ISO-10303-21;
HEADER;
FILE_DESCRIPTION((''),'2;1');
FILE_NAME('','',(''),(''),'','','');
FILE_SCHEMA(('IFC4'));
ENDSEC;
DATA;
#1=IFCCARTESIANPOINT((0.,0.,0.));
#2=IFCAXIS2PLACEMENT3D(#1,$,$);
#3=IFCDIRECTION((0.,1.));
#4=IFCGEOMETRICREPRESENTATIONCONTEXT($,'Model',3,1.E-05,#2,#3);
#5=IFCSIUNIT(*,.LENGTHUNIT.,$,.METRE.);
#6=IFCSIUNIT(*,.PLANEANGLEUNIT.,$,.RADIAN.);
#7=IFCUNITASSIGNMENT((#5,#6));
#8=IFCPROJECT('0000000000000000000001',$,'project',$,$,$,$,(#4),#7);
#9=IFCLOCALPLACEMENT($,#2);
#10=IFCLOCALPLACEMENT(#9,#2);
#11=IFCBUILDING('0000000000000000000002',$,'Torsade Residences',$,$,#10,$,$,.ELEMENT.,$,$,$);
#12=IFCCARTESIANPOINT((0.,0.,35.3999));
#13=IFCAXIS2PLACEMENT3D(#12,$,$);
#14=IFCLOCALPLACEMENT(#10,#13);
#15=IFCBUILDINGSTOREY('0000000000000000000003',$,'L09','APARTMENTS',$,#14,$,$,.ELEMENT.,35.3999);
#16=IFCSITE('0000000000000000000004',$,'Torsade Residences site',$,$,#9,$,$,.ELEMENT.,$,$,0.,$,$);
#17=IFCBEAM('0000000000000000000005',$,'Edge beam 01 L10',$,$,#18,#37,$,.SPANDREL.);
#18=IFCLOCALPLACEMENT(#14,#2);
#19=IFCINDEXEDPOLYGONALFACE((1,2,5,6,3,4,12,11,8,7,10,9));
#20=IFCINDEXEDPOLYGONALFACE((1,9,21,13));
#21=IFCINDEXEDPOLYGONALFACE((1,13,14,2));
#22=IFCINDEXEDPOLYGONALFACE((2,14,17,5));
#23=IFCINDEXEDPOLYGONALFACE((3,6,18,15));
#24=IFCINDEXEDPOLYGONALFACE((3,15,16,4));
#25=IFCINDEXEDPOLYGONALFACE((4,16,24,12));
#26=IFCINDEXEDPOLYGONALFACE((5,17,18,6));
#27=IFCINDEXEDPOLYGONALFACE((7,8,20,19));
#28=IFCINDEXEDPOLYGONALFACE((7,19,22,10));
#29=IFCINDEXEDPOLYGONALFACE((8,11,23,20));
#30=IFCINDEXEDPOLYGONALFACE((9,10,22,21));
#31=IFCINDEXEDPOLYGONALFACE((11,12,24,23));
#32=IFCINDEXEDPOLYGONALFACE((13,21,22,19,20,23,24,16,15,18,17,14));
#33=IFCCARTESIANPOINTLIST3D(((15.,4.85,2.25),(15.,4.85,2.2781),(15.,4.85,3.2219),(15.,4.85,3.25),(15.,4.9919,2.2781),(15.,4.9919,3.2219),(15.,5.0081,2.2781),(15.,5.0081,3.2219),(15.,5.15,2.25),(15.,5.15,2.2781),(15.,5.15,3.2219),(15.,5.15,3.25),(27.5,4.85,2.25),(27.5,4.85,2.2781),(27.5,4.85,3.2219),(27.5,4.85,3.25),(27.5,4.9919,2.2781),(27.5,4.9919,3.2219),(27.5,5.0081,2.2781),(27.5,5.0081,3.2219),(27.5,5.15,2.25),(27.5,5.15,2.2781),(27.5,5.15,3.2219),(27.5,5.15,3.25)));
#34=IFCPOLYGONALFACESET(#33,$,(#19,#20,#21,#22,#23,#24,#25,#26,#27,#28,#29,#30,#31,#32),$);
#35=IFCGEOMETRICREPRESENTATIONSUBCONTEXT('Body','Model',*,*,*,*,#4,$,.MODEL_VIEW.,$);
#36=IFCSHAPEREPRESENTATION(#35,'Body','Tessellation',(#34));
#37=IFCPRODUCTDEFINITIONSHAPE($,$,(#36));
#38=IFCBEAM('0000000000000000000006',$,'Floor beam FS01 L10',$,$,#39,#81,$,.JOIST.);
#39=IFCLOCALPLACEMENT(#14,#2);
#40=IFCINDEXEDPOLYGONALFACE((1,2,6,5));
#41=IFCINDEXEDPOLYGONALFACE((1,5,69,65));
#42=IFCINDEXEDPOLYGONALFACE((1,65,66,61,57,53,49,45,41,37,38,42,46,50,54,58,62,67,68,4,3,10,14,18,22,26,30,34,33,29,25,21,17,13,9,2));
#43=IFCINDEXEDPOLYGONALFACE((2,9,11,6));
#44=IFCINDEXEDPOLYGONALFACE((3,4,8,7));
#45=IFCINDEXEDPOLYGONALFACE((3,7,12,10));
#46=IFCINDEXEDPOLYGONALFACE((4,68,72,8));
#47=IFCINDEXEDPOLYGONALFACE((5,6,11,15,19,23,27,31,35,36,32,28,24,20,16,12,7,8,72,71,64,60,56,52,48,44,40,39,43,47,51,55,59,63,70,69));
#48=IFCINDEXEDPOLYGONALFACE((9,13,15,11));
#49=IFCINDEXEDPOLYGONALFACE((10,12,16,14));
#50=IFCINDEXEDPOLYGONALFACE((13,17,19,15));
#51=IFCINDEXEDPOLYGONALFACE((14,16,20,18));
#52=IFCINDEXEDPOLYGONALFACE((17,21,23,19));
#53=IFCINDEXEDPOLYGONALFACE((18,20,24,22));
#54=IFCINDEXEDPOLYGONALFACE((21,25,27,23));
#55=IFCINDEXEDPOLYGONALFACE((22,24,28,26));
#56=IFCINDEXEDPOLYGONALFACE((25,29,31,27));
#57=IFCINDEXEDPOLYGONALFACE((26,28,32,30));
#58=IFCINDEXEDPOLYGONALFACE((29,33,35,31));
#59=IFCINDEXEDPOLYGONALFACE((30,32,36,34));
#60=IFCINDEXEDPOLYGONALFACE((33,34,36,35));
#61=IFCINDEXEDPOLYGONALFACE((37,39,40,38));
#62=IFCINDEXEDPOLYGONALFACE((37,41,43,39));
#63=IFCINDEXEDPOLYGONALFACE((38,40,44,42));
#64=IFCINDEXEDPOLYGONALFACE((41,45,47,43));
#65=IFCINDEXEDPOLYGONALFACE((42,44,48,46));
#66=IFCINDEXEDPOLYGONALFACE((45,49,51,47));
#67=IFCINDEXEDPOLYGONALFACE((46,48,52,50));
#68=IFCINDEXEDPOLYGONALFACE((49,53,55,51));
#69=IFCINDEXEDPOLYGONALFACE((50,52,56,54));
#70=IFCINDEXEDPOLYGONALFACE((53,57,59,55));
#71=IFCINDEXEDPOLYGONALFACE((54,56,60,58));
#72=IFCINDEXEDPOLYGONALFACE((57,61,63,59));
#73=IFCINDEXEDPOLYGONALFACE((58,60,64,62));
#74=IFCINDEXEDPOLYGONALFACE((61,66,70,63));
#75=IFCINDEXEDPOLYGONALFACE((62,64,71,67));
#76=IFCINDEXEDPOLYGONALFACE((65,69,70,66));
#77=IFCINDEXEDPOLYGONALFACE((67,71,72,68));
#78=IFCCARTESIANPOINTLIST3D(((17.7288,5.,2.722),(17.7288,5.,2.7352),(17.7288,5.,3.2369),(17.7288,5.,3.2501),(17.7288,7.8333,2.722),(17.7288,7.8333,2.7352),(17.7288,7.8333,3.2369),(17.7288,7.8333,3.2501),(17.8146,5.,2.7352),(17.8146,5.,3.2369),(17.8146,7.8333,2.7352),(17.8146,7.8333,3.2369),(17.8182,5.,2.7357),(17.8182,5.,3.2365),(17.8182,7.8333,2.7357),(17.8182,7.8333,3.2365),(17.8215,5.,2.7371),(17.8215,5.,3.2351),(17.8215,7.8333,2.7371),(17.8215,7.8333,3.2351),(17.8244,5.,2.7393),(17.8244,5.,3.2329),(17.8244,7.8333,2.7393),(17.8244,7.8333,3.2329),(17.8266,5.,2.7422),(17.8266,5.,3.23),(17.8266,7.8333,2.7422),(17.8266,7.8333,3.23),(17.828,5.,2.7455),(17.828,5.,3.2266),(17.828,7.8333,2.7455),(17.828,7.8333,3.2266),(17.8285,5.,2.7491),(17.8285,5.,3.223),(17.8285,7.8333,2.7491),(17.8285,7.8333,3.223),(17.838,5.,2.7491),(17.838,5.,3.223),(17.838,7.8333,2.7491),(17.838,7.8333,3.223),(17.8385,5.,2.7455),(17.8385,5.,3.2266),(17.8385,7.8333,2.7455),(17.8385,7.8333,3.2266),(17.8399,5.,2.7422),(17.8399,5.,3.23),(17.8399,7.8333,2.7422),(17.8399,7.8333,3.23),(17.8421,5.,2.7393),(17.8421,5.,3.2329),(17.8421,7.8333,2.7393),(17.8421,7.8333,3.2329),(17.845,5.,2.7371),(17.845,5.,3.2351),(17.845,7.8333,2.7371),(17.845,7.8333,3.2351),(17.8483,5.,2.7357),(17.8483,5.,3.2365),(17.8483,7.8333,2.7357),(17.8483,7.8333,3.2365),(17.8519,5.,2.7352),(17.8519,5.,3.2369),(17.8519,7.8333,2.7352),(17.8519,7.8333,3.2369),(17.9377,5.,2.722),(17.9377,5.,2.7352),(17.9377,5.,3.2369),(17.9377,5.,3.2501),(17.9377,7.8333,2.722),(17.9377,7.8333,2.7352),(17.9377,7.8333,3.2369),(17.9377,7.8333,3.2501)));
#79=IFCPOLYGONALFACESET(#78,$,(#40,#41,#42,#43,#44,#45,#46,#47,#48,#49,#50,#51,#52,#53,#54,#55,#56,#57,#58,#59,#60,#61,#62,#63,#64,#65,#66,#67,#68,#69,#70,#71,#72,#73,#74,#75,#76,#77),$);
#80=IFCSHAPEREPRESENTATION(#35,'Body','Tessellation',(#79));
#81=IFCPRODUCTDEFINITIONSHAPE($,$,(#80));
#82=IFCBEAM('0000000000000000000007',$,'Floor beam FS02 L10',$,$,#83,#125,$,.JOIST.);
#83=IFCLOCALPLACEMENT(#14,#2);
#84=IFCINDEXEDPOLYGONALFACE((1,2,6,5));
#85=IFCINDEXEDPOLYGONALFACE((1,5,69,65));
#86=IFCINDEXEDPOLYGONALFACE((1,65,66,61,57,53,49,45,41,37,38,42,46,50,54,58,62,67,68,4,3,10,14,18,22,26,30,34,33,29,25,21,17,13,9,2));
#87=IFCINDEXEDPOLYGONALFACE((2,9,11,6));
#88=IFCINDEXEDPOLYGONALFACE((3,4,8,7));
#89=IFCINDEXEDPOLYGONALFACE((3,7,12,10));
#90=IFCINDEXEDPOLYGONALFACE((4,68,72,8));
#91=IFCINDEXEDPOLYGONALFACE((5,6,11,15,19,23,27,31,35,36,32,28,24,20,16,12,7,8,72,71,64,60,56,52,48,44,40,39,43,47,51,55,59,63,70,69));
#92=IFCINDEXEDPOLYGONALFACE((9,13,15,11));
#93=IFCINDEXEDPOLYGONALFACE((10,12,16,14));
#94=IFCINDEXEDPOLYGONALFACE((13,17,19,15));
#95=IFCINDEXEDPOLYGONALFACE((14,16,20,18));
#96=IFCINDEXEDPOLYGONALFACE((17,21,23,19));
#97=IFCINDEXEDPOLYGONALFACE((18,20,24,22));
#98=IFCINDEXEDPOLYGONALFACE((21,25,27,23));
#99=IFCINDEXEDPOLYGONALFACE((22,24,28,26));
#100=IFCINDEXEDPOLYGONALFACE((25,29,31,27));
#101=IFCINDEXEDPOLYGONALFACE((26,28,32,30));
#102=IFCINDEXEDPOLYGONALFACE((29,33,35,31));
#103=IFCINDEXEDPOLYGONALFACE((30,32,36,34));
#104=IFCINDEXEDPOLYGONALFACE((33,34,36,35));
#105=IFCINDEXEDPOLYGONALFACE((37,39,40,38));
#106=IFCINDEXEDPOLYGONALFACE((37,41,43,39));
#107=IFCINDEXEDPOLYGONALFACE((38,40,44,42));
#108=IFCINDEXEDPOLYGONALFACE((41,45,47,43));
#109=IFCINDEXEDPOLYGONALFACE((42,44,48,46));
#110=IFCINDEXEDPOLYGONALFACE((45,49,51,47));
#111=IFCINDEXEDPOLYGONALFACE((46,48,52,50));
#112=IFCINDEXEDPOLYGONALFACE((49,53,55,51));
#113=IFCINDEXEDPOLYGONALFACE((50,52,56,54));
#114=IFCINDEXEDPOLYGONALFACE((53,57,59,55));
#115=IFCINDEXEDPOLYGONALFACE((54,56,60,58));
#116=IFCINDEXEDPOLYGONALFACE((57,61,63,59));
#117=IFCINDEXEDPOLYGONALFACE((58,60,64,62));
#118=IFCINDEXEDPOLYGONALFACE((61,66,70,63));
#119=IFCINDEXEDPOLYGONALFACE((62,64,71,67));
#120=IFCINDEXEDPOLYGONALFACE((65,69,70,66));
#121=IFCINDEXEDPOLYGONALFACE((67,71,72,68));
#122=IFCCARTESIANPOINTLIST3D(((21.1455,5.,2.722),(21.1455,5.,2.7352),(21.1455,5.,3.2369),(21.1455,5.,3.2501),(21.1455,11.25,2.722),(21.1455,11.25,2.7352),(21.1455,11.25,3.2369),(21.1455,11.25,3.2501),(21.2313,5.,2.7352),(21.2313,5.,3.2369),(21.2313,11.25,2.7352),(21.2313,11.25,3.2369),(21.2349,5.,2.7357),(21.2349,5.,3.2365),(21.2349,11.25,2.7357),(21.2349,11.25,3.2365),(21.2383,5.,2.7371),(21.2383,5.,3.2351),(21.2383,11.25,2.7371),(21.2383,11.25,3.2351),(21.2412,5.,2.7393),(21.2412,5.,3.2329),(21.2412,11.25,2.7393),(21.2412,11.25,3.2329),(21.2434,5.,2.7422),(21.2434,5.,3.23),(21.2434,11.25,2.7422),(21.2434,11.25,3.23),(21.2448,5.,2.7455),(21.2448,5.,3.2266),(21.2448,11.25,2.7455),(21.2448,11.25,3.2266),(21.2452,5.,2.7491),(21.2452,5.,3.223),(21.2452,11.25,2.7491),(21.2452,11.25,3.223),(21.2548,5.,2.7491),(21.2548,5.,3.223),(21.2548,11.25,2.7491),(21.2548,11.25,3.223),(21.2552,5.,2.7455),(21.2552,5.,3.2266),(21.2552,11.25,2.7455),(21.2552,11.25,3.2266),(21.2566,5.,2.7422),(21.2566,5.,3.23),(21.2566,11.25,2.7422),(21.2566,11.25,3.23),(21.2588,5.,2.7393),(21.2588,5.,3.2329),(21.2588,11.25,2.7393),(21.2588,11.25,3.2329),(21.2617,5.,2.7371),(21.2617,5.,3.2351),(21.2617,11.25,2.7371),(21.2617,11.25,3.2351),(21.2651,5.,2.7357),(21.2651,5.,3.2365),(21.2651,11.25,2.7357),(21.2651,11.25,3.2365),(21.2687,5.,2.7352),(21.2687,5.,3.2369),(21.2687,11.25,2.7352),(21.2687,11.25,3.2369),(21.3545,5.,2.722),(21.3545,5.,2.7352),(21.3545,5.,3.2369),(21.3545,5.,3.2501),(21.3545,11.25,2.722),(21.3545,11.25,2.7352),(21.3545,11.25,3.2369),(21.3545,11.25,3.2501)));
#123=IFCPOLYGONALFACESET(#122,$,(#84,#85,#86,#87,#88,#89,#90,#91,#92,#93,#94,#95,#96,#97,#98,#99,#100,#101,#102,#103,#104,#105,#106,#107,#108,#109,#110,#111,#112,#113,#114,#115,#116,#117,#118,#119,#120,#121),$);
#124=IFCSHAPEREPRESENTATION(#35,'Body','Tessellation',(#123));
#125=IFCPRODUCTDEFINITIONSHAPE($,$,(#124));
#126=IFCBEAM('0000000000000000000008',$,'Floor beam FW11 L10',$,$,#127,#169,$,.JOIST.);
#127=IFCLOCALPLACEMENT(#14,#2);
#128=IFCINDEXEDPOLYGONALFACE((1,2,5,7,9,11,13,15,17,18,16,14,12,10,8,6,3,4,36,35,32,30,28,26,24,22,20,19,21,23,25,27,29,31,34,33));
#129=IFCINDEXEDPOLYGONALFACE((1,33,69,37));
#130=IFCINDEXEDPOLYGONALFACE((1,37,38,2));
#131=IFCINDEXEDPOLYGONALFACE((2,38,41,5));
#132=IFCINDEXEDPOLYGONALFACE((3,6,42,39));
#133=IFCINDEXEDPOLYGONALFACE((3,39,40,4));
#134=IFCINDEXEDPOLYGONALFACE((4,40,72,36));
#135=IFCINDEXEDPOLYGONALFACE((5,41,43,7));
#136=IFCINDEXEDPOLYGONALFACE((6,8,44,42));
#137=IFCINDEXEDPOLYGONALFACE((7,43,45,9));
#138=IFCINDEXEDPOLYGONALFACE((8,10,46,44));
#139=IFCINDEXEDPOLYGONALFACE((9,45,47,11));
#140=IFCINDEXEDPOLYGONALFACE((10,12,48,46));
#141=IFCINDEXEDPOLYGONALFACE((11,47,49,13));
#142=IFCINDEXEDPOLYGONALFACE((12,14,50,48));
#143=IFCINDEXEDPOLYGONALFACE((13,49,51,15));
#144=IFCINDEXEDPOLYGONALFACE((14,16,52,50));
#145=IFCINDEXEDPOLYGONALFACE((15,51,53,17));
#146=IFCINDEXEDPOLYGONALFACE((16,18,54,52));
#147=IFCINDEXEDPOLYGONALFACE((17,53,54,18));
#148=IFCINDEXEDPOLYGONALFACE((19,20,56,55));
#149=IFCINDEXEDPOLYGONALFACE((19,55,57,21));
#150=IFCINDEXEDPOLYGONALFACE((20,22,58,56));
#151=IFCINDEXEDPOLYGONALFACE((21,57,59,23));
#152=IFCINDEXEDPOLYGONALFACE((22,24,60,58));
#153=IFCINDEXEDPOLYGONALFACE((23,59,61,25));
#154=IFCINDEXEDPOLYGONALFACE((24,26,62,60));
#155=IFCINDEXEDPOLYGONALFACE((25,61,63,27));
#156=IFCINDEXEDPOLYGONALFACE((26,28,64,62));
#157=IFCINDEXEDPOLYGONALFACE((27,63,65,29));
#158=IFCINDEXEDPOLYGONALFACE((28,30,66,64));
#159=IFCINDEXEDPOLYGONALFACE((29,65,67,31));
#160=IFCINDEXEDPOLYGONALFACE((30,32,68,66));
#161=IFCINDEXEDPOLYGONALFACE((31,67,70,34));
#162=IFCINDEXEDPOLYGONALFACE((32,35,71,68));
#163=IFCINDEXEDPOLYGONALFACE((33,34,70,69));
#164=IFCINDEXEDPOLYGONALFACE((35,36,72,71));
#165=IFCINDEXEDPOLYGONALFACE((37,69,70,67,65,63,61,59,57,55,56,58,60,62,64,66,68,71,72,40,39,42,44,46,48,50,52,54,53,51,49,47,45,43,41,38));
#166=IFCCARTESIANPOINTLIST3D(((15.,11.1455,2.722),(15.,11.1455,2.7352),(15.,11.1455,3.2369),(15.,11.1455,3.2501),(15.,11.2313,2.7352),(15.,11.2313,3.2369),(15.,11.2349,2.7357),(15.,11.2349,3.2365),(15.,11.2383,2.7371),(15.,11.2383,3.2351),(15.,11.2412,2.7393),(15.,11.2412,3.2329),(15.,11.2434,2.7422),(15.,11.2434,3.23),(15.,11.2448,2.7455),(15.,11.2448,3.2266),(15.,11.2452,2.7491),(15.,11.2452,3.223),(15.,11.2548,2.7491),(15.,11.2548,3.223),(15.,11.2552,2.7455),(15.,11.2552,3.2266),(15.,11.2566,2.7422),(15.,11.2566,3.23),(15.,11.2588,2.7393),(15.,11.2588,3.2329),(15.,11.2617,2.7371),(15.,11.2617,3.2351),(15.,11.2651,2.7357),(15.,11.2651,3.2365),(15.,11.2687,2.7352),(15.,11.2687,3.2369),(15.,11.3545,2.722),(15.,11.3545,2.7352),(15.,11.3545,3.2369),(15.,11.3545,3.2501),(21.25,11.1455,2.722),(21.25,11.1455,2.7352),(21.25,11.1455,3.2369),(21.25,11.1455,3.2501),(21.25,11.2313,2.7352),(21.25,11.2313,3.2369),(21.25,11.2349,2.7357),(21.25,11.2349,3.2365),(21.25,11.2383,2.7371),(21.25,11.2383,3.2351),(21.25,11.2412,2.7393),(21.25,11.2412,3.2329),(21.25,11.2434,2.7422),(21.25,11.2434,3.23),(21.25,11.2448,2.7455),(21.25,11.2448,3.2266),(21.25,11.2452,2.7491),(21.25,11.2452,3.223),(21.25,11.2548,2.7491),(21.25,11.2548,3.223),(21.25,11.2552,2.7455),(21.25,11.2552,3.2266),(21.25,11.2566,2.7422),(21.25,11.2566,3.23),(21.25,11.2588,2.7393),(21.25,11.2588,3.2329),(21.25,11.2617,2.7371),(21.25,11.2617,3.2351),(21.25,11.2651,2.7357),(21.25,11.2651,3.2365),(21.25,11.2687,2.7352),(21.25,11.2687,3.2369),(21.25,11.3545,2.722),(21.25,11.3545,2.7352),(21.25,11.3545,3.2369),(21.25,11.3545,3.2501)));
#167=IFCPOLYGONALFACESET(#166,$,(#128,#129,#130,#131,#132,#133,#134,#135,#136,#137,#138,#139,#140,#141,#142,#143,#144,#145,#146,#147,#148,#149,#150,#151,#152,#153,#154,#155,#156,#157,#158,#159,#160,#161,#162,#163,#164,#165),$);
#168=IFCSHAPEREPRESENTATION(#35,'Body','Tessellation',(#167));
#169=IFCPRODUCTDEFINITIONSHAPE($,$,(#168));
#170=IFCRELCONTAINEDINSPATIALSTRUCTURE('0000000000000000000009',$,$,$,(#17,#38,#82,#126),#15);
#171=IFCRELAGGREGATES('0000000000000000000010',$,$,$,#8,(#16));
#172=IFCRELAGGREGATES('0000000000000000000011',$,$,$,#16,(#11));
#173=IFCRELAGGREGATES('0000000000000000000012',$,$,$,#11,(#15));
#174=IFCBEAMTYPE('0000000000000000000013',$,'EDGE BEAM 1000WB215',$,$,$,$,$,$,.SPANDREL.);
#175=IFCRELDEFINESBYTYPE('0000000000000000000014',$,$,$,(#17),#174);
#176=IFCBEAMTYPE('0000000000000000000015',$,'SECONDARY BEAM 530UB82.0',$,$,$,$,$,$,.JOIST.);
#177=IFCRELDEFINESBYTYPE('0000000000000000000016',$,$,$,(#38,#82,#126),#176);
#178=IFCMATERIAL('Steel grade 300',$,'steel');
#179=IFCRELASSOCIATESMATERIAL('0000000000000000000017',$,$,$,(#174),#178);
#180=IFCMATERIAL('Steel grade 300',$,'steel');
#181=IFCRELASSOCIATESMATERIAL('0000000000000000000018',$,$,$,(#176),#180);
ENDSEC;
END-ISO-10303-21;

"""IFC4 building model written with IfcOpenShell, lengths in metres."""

from ifc_helpers import new_model, si_unit, direction, frame, origin, origin_2d, place, context, subcontext, project, spatial, i_section, extrude, material, material_profile, profile_set, type_object, element, save


model = new_model("IFC4")

# Units and contexts
model_context = context("Model", 3, precision=1e-05, world=origin(), true_north=direction((0.0, 1.0)))
body_context = subcontext(model_context, "Body", "Model", "MODEL_VIEW")
ifc_project = project(units=[si_unit("LENGTHUNIT", "METRE"), si_unit("PLANEANGLEUNIT", "RADIAN")], contexts=[model_context])

# Site, building, storey
site_placement = place(None, origin())
site = spatial("IfcSite", under=ifc_project, at=site_placement, Name="Torsade Residences site", CompositionType="ELEMENT", RefElevation=0.0)
building_placement = place(site_placement, origin())
building = spatial("IfcBuilding", under=site, at=building_placement, Name="Torsade Residences", CompositionType="ELEMENT")
storey_placement = place(building_placement, frame((0.0, 0.0, 35.3999)))
storey = spatial("IfcBuildingStorey", under=building, at=storey_placement, Name="L09", Description="APARTMENTS", CompositionType="ELEMENT", Elevation=35.3999)

# Beams
ifc_material_1 = material(Name="Steel grade 300", Category="steel")
ifc_material_profile_1 = material_profile(ifc_material_1, i_section(OverallWidth=0.3, OverallDepth=1.0, WebThickness=0.0161, FlangeThickness=0.0281, at=origin_2d()), Name="1000WB215")
ifc_profile_set_1 = profile_set([ifc_material_profile_1], Name="Steel grade 300")
beam_type_1 = type_object("IfcBeamType", Name="EDGE BEAM 1000WB215", PredefinedType="SPANDREL", material=ifc_profile_set_1)
beam_1_placement = place(storey_placement, frame((15.0, 5.0, 2.75), z_axis=(1.0, 0.0, 0.0), x_axis=(0.0, 1.0, 0.0)))
element("IfcBeam", 1, at=beam_1_placement, inside=storey, type_object=beam_type_1, Name="Edge beam 01 L10", PredefinedType="SPANDREL", context=body_context, shape_type="SweptSolid", body=[
    extrude(i_section(OverallWidth=0.3, OverallDepth=1.0, WebThickness=0.0161, FlangeThickness=0.0281, at=origin_2d()), origin(), (0.0, 0.0, 1.0), 12.5),
])
ifc_material_2 = material(Name="Steel grade 300", Category="steel")
ifc_material_profile_2 = material_profile(ifc_material_2, i_section(OverallWidth=0.209, OverallDepth=0.5281, WebThickness=0.0095, FlangeThickness=0.0132, FilletRadius=0.0139, at=origin_2d()), Name="530UB82.0")
ifc_profile_set_2 = profile_set([ifc_material_profile_2], Name="Steel grade 300")
beam_type_2 = type_object("IfcBeamType", Name="SECONDARY BEAM 530UB82.0", PredefinedType="JOIST", material=ifc_profile_set_2)
beam_2_placement = place(storey_placement, frame((17.8333, 5.0, 2.9861), z_axis=(0.0, 1.0, 0.0), x_axis=(-1.0, 0.0, 0.0)))
element("IfcBeam", 2, at=beam_2_placement, inside=storey, type_object=beam_type_2, Name="Floor beam FS01 L10", PredefinedType="JOIST", context=body_context, shape_type="SweptSolid", body=[
    extrude(i_section(OverallWidth=0.209, OverallDepth=0.5281, WebThickness=0.0095, FlangeThickness=0.0132, FilletRadius=0.0139, at=origin_2d()), origin(), (0.0, 0.0, 1.0), 2.8333),
])
for number, where, z_axis, x_axis, name in (
    (3, (21.25, 5.0, 2.9861), (0.0, 1.0, 0.0), (-1.0, 0.0, 0.0), "Floor beam FS02 L10"),
    (4, (15.0, 11.25, 2.9861), (1.0, 0.0, 0.0), (0.0, 1.0, 0.0), "Floor beam FW11 L10"),
):
    element("IfcBeam", number, at=place(storey_placement, frame(where, z_axis=z_axis, x_axis=x_axis)), inside=storey, type_object=beam_type_2, Name=name, PredefinedType="JOIST", context=body_context, shape_type="SweptSolid", body=[
        extrude(i_section(OverallWidth=0.209, OverallDepth=0.5281, WebThickness=0.0095, FlangeThickness=0.0132, FilletRadius=0.0139, at=origin_2d()), origin(), (0.0, 0.0, 1.0), 6.25),
    ])

save(model, "model.ifc")
